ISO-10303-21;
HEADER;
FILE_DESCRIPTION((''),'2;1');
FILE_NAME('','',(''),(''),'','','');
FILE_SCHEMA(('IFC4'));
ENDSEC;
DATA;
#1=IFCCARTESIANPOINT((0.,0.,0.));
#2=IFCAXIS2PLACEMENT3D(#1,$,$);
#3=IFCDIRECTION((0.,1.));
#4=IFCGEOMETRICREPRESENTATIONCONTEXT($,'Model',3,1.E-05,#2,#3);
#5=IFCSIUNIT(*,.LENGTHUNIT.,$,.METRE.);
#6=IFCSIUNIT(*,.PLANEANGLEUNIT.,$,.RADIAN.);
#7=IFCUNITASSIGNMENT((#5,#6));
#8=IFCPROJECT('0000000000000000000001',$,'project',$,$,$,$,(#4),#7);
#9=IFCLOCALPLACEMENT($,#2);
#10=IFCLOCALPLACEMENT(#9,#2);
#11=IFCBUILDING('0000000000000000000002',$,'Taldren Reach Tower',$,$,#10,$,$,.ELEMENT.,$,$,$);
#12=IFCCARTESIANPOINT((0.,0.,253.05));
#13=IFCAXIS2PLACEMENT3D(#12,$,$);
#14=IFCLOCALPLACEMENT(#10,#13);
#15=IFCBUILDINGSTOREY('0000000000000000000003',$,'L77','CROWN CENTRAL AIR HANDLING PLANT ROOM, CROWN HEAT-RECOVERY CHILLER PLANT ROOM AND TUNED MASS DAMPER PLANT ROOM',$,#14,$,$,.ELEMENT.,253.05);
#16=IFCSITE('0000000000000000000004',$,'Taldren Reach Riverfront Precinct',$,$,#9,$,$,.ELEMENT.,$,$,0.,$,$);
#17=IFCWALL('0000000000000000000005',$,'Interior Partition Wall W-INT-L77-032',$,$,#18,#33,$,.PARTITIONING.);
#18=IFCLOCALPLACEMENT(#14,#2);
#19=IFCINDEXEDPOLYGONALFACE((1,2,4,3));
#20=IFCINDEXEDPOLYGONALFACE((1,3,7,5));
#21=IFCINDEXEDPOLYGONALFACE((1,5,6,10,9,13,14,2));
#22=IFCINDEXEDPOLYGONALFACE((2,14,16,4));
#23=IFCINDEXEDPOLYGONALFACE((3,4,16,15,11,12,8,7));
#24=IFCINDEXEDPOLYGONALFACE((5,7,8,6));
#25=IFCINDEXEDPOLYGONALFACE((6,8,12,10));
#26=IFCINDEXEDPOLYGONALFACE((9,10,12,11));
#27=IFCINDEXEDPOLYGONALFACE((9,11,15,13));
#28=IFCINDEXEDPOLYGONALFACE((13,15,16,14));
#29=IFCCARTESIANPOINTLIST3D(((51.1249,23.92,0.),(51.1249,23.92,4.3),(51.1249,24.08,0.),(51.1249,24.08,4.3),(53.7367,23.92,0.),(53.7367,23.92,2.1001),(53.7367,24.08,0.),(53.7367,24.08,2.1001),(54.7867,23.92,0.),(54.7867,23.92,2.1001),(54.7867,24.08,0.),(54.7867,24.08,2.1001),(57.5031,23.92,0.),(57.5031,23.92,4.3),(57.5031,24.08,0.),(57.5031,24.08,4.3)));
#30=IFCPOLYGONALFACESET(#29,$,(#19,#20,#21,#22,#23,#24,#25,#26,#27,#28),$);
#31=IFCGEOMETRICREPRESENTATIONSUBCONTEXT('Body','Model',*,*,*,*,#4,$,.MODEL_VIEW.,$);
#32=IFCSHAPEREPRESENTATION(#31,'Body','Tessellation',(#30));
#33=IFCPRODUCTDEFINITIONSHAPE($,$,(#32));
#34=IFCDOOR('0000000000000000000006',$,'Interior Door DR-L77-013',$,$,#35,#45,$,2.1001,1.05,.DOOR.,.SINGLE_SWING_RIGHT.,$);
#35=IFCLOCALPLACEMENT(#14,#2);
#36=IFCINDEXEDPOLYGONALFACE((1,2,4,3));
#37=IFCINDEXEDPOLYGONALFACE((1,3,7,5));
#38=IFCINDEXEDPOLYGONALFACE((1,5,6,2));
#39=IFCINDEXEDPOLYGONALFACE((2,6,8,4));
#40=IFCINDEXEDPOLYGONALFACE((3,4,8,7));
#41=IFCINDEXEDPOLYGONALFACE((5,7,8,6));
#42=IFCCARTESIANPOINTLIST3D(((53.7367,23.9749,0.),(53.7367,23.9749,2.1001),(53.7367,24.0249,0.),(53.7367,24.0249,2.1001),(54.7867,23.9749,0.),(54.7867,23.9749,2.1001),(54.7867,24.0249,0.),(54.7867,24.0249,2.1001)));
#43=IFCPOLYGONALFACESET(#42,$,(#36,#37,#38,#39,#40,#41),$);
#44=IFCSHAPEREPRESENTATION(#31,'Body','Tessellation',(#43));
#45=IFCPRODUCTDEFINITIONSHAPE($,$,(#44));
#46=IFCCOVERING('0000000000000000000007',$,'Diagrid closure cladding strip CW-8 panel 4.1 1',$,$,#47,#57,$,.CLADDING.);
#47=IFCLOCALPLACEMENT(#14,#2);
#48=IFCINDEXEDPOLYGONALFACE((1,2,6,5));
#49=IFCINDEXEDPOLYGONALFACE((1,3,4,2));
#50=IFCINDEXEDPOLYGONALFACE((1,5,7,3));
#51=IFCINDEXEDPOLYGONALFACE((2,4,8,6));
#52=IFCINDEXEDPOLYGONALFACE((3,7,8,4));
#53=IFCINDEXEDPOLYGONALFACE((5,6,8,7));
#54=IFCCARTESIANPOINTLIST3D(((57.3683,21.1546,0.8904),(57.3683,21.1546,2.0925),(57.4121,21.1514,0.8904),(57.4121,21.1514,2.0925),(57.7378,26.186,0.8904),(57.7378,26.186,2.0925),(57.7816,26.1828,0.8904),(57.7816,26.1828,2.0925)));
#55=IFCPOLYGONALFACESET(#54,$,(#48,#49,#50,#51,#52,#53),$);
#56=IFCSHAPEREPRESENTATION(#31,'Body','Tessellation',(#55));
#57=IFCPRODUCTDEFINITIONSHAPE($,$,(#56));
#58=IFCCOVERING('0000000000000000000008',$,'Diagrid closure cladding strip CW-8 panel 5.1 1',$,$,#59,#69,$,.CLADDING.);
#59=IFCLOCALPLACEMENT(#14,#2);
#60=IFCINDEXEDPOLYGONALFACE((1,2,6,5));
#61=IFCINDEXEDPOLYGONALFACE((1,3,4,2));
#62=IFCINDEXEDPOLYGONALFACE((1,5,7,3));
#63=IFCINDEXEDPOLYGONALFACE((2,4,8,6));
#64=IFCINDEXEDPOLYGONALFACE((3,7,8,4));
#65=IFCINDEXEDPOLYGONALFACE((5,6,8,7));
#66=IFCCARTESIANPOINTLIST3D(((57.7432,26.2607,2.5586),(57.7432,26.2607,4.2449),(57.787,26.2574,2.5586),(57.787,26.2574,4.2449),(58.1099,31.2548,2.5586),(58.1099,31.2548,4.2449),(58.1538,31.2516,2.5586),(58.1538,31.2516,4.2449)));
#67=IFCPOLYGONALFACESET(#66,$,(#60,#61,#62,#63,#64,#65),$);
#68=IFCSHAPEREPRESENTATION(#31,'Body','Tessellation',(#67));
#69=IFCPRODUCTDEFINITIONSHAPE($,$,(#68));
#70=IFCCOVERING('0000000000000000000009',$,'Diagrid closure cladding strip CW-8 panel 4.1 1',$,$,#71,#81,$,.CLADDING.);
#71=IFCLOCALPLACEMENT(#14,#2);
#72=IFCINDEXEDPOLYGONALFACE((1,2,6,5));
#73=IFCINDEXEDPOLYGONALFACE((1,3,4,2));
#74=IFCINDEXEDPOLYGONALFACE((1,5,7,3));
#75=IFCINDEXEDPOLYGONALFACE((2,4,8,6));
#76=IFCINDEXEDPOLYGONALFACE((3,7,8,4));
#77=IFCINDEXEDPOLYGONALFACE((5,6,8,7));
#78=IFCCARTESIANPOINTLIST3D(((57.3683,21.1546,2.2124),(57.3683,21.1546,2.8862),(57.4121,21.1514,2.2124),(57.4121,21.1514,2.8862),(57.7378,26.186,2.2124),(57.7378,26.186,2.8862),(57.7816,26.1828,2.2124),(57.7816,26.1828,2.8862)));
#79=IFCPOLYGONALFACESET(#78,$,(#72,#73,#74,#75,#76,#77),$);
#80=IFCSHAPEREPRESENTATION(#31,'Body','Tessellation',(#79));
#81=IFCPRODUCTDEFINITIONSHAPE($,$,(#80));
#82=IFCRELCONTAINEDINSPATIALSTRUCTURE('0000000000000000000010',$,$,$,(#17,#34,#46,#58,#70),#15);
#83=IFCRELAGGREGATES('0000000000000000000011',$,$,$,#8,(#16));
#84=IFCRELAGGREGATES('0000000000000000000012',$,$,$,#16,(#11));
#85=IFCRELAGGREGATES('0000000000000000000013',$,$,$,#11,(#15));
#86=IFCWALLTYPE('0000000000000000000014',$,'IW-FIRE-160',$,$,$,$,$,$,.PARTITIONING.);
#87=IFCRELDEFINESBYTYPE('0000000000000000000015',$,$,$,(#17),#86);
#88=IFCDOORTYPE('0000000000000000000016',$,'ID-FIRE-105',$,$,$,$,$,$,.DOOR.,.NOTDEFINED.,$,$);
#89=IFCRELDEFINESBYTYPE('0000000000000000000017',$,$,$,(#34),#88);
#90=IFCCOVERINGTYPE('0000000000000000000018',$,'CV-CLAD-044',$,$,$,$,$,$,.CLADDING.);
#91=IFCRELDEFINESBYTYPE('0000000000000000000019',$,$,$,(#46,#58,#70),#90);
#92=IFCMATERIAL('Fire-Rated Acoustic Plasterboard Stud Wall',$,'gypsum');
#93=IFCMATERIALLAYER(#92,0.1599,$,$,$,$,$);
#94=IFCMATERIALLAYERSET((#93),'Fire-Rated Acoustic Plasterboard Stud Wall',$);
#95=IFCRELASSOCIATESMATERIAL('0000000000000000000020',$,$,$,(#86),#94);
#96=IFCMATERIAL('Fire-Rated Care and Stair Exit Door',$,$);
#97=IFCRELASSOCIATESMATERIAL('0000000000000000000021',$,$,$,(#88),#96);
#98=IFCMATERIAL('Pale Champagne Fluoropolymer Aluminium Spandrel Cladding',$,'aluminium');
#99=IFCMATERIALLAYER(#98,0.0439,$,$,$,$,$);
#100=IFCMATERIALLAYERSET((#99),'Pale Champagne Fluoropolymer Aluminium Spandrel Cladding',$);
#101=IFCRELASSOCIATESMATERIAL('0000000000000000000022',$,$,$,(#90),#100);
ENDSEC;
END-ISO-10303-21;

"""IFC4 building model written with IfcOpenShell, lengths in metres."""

from ifc_helpers import new_model, si_unit, direction, frame, frame_2d, origin, origin_2d, place, context, subcontext, project, spatial, rectangle, extrude, source, transform, mapped, material, layer, layer_set, type_object, element, fill, save


model = new_model("IFC4")

# Units and contexts
model_context = context("Model", 3, precision=1e-05, world=origin(), true_north=direction((0.0, 1.0)))
body_context = subcontext(model_context, "Body", "Model", "MODEL_VIEW")
ifc_project = project(units=[si_unit("LENGTHUNIT", "METRE"), si_unit("PLANEANGLEUNIT", "RADIAN")], contexts=[model_context])

# Site, building, storey
site_placement = place(None, origin())
site = spatial("IfcSite", under=ifc_project, at=site_placement, Name="Taldren Reach Riverfront Precinct", CompositionType="ELEMENT", RefElevation=0.0)
building_placement = place(site_placement, origin())
building = spatial("IfcBuilding", under=site, at=building_placement, Name="Taldren Reach Tower", CompositionType="ELEMENT")
storey_placement = place(building_placement, frame((0.0, 0.0, 253.05)))
storey = spatial("IfcBuildingStorey", under=building, at=storey_placement, Name="L77", Description="CROWN CENTRAL AIR HANDLING PLANT ROOM, CROWN HEAT-RECOVERY CHILLER PLANT ROOM AND TUNED MASS DAMPER PLANT ROOM", CompositionType="ELEMENT", Elevation=253.05)

# Wall, opening, door
ifc_material_1 = material(Name="Fire-Rated Acoustic Plasterboard Stud Wall", Category="gypsum")
ifc_layer_1 = layer(ifc_material_1, 0.1599)
ifc_layer_set_1 = layer_set([ifc_layer_1], Name="Fire-Rated Acoustic Plasterboard Stud Wall")
wall_type_1 = type_object("IfcWallType", Name="IW-FIRE-160", PredefinedType="PARTITIONING", material=ifc_layer_set_1)
shared_shape_1 = source(origin(), body_context, "Body", "SweptSolid", [
    extrude(rectangle(XDim=1.05, YDim=2.1001, at=frame_2d((0.5249, 1.05))), frame((0.0, 0.0898, 0.0), z_axis=(0.0, -1.0, 0.0), x_axis=(1.0, 0.0, 0.0)), (0.0, 0.0, 1.0), 0.1799),
])
ifc_material_2 = material(Name="Fire-Rated Care and Stair Exit Door")
door_type = type_object("IfcDoorType", Name="ID-FIRE-105", OperationType="NOTDEFINED", PredefinedType="DOOR", material=ifc_material_2)
shared_shape_2 = source(origin(), body_context, "Body", "SweptSolid", [
    extrude(rectangle(XDim=1.05, YDim=2.1001, at=frame_2d((0.5249, 1.05))), frame((0.0, 0.0249, 0.0), z_axis=(0.0, -1.0, 0.0), x_axis=(1.0, 0.0, 0.0)), (0.0, 0.0, 1.0), 0.05),
])
shared_shape_3 = source(origin(), body_context, "Body", "SweptSolid", [
    extrude(rectangle(XDim=6.3782, YDim=0.1599, at=frame_2d((3.189, 0.0))), origin(), (0.0, 0.0, 1.0), 4.3),
])
wall_1_placement = place(storey_placement, frame((51.125, 24.0, 0.0), z_axis=(0.0, 0.0, 1.0), x_axis=(1.0, 0.0, 0.0)))
wall_1 = element("IfcWall", 1, at=wall_1_placement, inside=storey, type_object=wall_type_1, Name="Interior Partition Wall W-INT-L77-032", PredefinedType="PARTITIONING", context=body_context, shape_type="MappedRepresentation", body=[
    mapped(shared_shape_3, transform((0.0, 0.0, 0.0), scale=1.0)),
])
opening_1_placement = place(wall_1_placement, frame((2.6118, 0.0, 0.0)))
opening_1 = element("IfcOpeningElement", 2, at=opening_1_placement, cuts=wall_1, PredefinedType="OPENING", context=body_context, shape_type="MappedRepresentation", body=[
    mapped(shared_shape_1, transform((0.0, 0.0, 0.0), scale=1.0)),
])
door_1_placement = place(opening_1_placement, origin())
door_1 = element("IfcDoor", 3, at=door_1_placement, inside=storey, type_object=door_type, Name="Interior Door DR-L77-013", OperationType="SINGLE_SWING_RIGHT", OverallHeight=2.1001, OverallWidth=1.05, PredefinedType="DOOR", context=body_context, shape_type="MappedRepresentation", body=[
    mapped(shared_shape_2, transform((0.0, 0.0, 0.0), scale=1.0)),
])
fill(opening_1, door_1)

# Coverings
ifc_material_3 = material(Name="Pale Champagne Fluoropolymer Aluminium Spandrel Cladding", Category="aluminium")
ifc_layer_2 = layer(ifc_material_3, 0.0439)
ifc_layer_set_2 = layer_set([ifc_layer_2], Name="Pale Champagne Fluoropolymer Aluminium Spandrel Cladding")
covering_type = type_object("IfcCoveringType", Name="CV-CLAD-044", PredefinedType="CLADDING", material=ifc_layer_set_2)
shared_shape_4 = source(origin(), body_context, "Body", "SweptSolid", [
    extrude(rectangle(XDim=5.0449, YDim=0.0439, at=origin_2d()), origin(), (0.0, 0.0, 1.0), 1.2021),
])
covering_1_placement = place(storey_placement, frame((57.575, 23.6687, 0.8904), z_axis=(0.0, 0.0, 1.0), x_axis=(0.073238, 0.997314, 0.0)))
element("IfcCovering", 4, at=covering_1_placement, inside=storey, type_object=covering_type, Name="Diagrid closure cladding strip CW-8 panel 4.1 1", PredefinedType="CLADDING", context=body_context, shape_type="MappedRepresentation", body=[
    mapped(shared_shape_4, transform((0.0, 0.0, 0.0), scale=1.0)),
])
shared_shape_5 = source(origin(), body_context, "Body", "SweptSolid", [
    extrude(rectangle(XDim=5.0076, YDim=0.0439, at=origin_2d()), origin(), (0.0, 0.0, 1.0), 1.6863),
])
covering_2_placement = place(storey_placement, frame((57.9485, 28.7561, 2.5586), z_axis=(0.0, 0.0, 1.0), x_axis=(0.073238, 0.997314, 0.0)))
element("IfcCovering", 5, at=covering_2_placement, inside=storey, type_object=covering_type, Name="Diagrid closure cladding strip CW-8 panel 5.1 1", PredefinedType="CLADDING", context=body_context, shape_type="MappedRepresentation", body=[
    mapped(shared_shape_5, transform((0.0, 0.0, 0.0), scale=1.0)),
])
shared_shape_6 = source(origin(), body_context, "Body", "SweptSolid", [
    extrude(rectangle(XDim=5.0449, YDim=0.0439, at=origin_2d()), origin(), (0.0, 0.0, 1.0), 0.6738),
])
covering_3_placement = place(storey_placement, frame((57.575, 23.6687, 2.2124), z_axis=(0.0, 0.0, 1.0), x_axis=(0.073238, 0.997314, 0.0)))
element("IfcCovering", 6, at=covering_3_placement, inside=storey, type_object=covering_type, Name="Diagrid closure cladding strip CW-8 panel 4.1 1", PredefinedType="CLADDING", context=body_context, shape_type="MappedRepresentation", body=[
    mapped(shared_shape_6, transform((0.0, 0.0, 0.0), scale=1.0)),
])

save(model, "model.ifc")
